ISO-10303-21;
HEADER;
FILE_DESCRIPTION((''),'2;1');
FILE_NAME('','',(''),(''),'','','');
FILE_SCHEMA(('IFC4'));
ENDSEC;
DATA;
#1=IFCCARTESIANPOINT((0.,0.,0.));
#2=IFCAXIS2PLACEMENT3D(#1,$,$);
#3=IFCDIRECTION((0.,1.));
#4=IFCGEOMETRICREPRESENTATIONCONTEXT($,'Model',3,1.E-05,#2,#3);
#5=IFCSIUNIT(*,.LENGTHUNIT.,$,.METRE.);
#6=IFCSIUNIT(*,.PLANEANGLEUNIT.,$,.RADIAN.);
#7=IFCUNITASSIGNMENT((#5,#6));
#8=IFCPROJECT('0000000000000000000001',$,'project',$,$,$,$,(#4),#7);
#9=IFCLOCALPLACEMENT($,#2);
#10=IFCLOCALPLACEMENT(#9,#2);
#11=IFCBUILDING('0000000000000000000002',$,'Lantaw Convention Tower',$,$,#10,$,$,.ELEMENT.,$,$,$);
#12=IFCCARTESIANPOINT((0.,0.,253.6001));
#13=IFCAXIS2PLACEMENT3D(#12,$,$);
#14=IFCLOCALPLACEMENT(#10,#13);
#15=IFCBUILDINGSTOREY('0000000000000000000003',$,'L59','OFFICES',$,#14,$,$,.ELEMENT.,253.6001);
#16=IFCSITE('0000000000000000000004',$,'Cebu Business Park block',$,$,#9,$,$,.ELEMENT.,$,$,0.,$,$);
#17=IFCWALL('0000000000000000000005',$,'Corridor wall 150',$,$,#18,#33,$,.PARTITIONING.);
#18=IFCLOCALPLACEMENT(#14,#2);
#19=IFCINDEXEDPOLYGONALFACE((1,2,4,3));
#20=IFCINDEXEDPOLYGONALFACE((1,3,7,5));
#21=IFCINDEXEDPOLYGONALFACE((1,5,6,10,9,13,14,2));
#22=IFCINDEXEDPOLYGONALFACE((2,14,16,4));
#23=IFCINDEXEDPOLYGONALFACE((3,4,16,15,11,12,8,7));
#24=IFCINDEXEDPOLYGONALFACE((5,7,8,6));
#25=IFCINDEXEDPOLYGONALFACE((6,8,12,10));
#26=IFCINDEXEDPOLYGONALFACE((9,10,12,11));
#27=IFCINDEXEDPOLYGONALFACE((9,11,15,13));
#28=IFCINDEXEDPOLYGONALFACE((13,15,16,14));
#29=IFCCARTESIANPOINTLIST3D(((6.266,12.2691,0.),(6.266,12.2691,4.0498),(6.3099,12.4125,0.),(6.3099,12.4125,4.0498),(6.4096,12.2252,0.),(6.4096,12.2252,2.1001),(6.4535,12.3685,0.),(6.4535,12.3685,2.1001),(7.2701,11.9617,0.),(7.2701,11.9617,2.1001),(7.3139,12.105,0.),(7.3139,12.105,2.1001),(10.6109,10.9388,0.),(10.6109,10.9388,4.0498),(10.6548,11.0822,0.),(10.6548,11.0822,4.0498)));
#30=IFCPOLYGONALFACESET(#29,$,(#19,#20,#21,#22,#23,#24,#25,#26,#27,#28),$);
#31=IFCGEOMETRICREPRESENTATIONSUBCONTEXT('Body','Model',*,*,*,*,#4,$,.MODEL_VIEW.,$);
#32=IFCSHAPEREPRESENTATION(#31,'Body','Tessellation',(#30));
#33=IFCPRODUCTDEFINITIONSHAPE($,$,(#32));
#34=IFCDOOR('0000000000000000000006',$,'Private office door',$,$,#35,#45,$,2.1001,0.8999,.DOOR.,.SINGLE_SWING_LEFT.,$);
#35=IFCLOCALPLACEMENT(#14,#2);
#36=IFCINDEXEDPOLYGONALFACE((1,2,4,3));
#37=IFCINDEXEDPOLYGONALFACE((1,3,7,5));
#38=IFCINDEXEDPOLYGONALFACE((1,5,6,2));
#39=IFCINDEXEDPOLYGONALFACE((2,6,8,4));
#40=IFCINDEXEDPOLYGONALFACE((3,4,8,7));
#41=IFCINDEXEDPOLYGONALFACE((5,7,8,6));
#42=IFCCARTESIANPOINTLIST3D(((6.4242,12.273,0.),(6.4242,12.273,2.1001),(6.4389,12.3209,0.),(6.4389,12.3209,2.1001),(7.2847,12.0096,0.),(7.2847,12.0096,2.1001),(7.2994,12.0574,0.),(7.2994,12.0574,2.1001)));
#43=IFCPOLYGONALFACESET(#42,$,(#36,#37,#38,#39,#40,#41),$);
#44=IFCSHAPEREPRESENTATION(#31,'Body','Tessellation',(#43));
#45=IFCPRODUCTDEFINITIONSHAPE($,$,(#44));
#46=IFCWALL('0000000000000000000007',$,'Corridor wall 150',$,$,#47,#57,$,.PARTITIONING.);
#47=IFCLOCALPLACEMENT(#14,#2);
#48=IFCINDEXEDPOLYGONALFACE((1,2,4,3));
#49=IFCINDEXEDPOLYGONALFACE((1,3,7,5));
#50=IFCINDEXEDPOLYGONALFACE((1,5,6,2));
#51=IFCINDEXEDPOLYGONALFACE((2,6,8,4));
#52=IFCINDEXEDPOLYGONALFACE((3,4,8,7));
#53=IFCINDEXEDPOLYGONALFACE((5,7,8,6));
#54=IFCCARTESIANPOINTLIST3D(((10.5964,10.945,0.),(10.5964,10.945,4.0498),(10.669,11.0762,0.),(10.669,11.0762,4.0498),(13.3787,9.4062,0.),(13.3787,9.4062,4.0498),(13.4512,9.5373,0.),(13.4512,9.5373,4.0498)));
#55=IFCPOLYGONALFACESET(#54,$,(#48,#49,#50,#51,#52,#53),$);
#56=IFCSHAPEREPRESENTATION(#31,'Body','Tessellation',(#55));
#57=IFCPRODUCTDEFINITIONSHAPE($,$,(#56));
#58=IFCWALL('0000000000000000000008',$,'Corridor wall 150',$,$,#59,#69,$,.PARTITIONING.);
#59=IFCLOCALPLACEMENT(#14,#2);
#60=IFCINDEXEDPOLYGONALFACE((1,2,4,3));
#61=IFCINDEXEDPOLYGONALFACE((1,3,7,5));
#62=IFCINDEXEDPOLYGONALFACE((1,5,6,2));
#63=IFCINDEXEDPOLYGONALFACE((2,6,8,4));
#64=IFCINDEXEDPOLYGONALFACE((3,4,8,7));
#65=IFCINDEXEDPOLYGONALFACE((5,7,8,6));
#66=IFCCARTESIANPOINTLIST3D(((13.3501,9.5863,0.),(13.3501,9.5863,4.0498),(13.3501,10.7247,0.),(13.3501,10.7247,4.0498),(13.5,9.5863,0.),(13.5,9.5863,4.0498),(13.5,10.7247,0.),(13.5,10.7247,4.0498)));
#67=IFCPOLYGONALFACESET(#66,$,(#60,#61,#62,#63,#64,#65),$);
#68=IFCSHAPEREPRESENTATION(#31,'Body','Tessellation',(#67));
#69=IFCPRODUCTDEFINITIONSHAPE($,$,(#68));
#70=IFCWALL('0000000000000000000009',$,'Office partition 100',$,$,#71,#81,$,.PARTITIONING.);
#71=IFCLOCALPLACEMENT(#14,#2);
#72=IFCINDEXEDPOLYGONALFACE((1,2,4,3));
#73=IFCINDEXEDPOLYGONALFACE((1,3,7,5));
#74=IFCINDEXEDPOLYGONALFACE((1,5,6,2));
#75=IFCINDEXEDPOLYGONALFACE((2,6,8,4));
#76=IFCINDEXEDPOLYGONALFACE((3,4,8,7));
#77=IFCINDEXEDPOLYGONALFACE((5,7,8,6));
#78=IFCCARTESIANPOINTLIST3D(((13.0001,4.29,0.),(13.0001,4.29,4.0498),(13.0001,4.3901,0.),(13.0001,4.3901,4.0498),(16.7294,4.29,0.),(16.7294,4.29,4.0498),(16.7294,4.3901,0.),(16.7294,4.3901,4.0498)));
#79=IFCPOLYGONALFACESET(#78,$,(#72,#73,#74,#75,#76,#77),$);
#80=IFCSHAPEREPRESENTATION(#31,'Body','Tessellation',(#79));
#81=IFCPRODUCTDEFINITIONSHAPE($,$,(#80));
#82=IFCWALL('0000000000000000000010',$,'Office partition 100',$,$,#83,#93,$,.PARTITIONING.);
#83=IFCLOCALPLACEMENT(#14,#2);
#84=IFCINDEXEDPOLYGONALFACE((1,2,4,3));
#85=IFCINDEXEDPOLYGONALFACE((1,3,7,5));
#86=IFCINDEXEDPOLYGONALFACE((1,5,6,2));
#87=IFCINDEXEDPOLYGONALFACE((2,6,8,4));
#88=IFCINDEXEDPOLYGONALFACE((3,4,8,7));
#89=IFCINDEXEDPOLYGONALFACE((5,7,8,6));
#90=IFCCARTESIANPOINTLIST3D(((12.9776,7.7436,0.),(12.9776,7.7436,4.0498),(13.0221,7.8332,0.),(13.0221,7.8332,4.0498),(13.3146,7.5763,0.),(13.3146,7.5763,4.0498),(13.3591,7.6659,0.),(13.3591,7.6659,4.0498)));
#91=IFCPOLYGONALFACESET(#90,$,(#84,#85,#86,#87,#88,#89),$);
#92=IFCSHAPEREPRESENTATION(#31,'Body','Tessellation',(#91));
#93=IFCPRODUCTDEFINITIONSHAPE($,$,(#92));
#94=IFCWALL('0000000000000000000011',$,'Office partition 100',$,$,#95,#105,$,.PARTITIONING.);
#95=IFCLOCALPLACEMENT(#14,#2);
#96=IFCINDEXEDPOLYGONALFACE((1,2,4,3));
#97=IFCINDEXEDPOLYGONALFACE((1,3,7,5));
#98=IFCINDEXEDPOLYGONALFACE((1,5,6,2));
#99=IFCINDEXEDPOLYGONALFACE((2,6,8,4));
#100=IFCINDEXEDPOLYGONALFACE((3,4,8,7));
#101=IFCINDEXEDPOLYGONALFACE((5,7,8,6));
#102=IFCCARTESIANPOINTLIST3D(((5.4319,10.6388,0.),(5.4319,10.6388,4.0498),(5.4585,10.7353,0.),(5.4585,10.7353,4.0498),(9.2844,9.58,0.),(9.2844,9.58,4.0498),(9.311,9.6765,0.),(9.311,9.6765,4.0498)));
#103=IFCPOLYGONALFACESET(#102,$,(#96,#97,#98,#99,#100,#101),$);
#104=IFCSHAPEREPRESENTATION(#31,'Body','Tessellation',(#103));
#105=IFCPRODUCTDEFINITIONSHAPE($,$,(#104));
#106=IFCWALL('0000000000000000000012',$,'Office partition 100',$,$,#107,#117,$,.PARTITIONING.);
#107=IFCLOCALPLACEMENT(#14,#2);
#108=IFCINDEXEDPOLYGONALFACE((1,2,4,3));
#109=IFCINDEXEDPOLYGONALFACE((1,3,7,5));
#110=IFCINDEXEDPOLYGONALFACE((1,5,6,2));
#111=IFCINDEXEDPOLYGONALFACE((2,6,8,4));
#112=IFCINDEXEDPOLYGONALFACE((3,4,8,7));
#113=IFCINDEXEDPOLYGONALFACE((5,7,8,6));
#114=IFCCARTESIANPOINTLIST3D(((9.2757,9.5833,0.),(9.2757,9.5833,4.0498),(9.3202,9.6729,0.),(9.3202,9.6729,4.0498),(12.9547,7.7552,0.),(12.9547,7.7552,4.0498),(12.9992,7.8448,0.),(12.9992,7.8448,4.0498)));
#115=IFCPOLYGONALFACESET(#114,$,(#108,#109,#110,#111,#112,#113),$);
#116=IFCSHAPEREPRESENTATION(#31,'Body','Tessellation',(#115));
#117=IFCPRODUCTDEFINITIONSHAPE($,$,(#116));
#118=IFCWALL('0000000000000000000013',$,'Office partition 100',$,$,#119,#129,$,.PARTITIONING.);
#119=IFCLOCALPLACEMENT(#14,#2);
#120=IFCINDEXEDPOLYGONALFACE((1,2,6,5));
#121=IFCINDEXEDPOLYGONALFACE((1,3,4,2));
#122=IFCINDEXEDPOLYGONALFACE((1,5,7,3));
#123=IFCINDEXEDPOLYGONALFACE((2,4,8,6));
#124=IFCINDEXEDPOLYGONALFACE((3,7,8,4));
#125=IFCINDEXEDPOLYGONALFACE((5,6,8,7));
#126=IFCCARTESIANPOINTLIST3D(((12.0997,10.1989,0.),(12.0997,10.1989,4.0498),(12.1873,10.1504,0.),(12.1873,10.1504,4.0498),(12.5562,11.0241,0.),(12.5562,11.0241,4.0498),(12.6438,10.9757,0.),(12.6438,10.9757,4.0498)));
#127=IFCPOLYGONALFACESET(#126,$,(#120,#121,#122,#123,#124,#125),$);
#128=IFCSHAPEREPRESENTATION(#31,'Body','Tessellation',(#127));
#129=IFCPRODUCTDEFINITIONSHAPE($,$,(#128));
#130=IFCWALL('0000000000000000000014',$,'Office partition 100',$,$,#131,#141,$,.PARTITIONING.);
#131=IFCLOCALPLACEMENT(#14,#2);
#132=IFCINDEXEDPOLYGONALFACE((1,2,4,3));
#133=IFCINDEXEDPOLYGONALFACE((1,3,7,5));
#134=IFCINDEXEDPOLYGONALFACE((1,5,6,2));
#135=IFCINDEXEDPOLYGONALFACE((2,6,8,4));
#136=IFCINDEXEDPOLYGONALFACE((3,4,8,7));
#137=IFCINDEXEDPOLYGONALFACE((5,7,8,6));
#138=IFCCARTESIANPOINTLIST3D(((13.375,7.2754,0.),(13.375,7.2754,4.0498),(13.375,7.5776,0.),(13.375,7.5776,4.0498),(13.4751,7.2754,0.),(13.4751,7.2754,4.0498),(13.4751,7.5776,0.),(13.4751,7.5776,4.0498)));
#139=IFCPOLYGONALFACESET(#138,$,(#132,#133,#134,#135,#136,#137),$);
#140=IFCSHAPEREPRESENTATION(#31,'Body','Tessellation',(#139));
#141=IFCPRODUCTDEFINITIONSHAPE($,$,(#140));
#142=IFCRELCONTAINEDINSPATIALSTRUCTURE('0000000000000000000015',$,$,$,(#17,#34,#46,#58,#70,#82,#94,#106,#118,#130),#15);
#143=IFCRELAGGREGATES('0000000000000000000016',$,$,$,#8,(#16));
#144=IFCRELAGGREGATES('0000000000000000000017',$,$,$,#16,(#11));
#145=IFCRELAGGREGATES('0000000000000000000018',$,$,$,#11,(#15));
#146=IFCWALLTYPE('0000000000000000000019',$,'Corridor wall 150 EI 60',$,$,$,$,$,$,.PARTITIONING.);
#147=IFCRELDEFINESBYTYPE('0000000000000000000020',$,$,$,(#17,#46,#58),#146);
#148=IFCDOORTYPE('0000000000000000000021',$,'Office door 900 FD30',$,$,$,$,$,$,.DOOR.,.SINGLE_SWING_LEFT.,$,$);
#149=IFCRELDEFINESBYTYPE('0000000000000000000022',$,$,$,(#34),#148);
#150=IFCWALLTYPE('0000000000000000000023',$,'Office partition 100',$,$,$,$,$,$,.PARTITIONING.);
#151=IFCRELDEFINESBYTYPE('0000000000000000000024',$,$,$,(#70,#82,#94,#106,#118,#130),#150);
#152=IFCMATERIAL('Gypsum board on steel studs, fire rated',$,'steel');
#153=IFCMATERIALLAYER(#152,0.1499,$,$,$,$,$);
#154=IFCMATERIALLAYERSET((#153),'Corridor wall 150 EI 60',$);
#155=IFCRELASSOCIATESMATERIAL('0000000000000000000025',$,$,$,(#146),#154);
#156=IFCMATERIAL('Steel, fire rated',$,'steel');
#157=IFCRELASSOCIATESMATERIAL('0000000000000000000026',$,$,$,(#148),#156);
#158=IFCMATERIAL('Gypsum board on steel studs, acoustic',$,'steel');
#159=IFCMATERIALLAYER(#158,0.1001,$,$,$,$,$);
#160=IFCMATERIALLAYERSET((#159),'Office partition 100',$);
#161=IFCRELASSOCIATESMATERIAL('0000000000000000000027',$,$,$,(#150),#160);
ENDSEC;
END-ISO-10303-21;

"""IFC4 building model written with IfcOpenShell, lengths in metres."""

from ifc_helpers import new_model, si_unit, direction, frame, frame_2d, origin, place, context, subcontext, project, spatial, rectangle, extrude, material, layer, layer_set, type_object, element, fill, save


model = new_model("IFC4")

# Units and contexts
model_context = context("Model", 3, precision=1e-05, world=origin(), true_north=direction((0.0, 1.0)))
body_context = subcontext(model_context, "Body", "Model", "MODEL_VIEW")
ifc_project = project(units=[si_unit("LENGTHUNIT", "METRE"), si_unit("PLANEANGLEUNIT", "RADIAN")], contexts=[model_context])

# Site, building, storey
site_placement = place(None, origin())
site = spatial("IfcSite", under=ifc_project, at=site_placement, Name="Cebu Business Park block", CompositionType="ELEMENT", RefElevation=0.0)
building_placement = place(site_placement, origin())
building = spatial("IfcBuilding", under=site, at=building_placement, Name="Lantaw Convention Tower", CompositionType="ELEMENT")
storey_placement = place(building_placement, frame((0.0, 0.0, 253.6001)))
storey = spatial("IfcBuildingStorey", under=building, at=storey_placement, Name="L59", Description="OFFICES", CompositionType="ELEMENT", Elevation=253.6001)

# Wall, opening, door
ifc_material_1 = material(Name="Gypsum board on steel studs, fire rated", Category="steel")
ifc_layer_1 = layer(ifc_material_1, 0.1499)
ifc_layer_set_1 = layer_set([ifc_layer_1], Name="Corridor wall 150 EI 60")
wall_type_1 = type_object("IfcWallType", Name="Corridor wall 150 EI 60", PredefinedType="PARTITIONING", material=ifc_layer_set_1)
wall_1_placement = place(storey_placement, frame((10.6328, 11.0105, 0.0), z_axis=(0.0, 0.0, 1.0), x_axis=(-0.956186, 0.29276, 0.0)))
wall_1 = element("IfcWall", 1, at=wall_1_placement, inside=storey, type_object=wall_type_1, Name="Corridor wall 150", PredefinedType="PARTITIONING", context=body_context, shape_type="SweptSolid", body=[
    extrude(rectangle(XDim=4.5439, YDim=0.1499, at=frame_2d((2.272, 0.0))), origin(), (0.0, 0.0, 1.0), 4.0498),
])
opening_1_placement = place(wall_1_placement, frame((3.4939, 0.0, 0.0)))
opening_1 = element("IfcOpeningElement", 2, at=opening_1_placement, cuts=wall_1, PredefinedType="OPENING", context=body_context, shape_type="SweptSolid", body=[
    extrude(rectangle(XDim=0.8999, YDim=2.1001, at=frame_2d((0.45, 1.05))), frame((0.0, 0.085, 0.0), z_axis=(0.0, -1.0, 0.0), x_axis=(1.0, 0.0, 0.0)), (0.0, 0.0, 1.0), 0.1699),
])
ifc_material_2 = material(Name="Steel, fire rated", Category="steel")
door_type_1 = type_object("IfcDoorType", Name="Office door 900 FD30", OperationType="SINGLE_SWING_LEFT", PredefinedType="DOOR", material=ifc_material_2)
door_1_placement = place(opening_1_placement, origin())
door_1 = element("IfcDoor", 3, at=door_1_placement, inside=storey, type_object=door_type_1, Name="Private office door", OperationType="SINGLE_SWING_LEFT", OverallHeight=2.1001, OverallWidth=0.8999, PredefinedType="DOOR", context=body_context, shape_type="SweptSolid", body=[
    extrude(rectangle(XDim=0.8999, YDim=2.1001, at=frame_2d((0.45, 1.05))), frame((0.0, 0.0249, 0.0), z_axis=(0.0, -1.0, 0.0), x_axis=(1.0, 0.0, 0.0)), (0.0, 0.0, 1.0), 0.05),
])
fill(opening_1, door_1)

# Walls
wall_2_placement = place(storey_placement, frame((13.415, 9.4717, 0.0), z_axis=(0.0, 0.0, 1.0), x_axis=(-0.875072, 0.483993, 0.0)))
element("IfcWall", 4, at=wall_2_placement, inside=storey, type_object=wall_type_1, Name="Corridor wall 150", PredefinedType="PARTITIONING", context=body_context, shape_type="SweptSolid", body=[
    extrude(rectangle(XDim=3.1794, YDim=0.1499, at=frame_2d((1.5898, 0.0))), origin(), (0.0, 0.0, 1.0), 4.0498),
])
wall_3_placement = place(storey_placement, frame((13.425, 9.5862, 0.0), z_axis=(0.0, 0.0, 1.0), x_axis=(0.0, 1.0, 0.0)))
element("IfcWall", 5, at=wall_3_placement, inside=storey, type_object=wall_type_1, Name="Corridor wall 150", PredefinedType="PARTITIONING", context=body_context, shape_type="SweptSolid", body=[
    extrude(rectangle(XDim=1.1384, YDim=0.1499, at=frame_2d((0.5693, 0.0))), origin(), (0.0, 0.0, 1.0), 4.0498),
])
ifc_material_3 = material(Name="Gypsum board on steel studs, acoustic", Category="steel")
ifc_layer_2 = layer(ifc_material_3, 0.1001)
ifc_layer_set_2 = layer_set([ifc_layer_2], Name="Office partition 100")
wall_type_2 = type_object("IfcWallType", Name="Office partition 100", PredefinedType="PARTITIONING", material=ifc_layer_set_2)
wall_4_placement = place(storey_placement, frame((13.0, 4.3401, 0.0), z_axis=(0.0, 0.0, 1.0), x_axis=(1.0, 0.0, 0.0)))
element("IfcWall", 6, at=wall_4_placement, inside=storey, type_object=wall_type_2, Name="Office partition 100", PredefinedType="PARTITIONING", context=body_context, shape_type="SweptSolid", body=[
    extrude(rectangle(XDim=3.7292, YDim=0.1001, at=frame_2d((1.8647, 0.0))), origin(), (0.0, 0.0, 1.0), 4.0498),
])
wall_5_placement = place(storey_placement, frame((13.0, 7.7883, 0.0), z_axis=(0.0, 0.0, 1.0), x_axis=(0.895722, -0.444615, 0.0)))
element("IfcWall", 7, at=wall_5_placement, inside=storey, type_object=wall_type_2, Name="Office partition 100", PredefinedType="PARTITIONING", context=body_context, shape_type="SweptSolid", body=[
    extrude(rectangle(XDim=0.3762, YDim=0.1001, at=frame_2d((0.188, 0.0))), origin(), (0.0, 0.0, 1.0), 4.0498),
])
wall_6_placement = place(storey_placement, frame((5.4453, 10.687, 0.0), z_axis=(0.0, 0.0, 1.0), x_axis=(0.964244, -0.265014, 0.0)))
element("IfcWall", 8, at=wall_6_placement, inside=storey, type_object=wall_type_2, Name="Office partition 100", PredefinedType="PARTITIONING", context=body_context, shape_type="SweptSolid", body=[
    extrude(rectangle(XDim=3.9954, YDim=0.1001, at=frame_2d((1.9976, 0.0))), origin(), (0.0, 0.0, 1.0), 4.0498),
])
wall_7_placement = place(storey_placement, frame((9.2979, 9.6282, 0.0), z_axis=(0.0, 0.0, 1.0), x_axis=(0.89553, -0.445001, 0.0)))
element("IfcWall", 9, at=wall_7_placement, inside=storey, type_object=wall_type_2, Name="Office partition 100", PredefinedType="PARTITIONING", context=body_context, shape_type="SweptSolid", body=[
    extrude(rectangle(XDim=4.1082, YDim=0.1001, at=frame_2d((2.0542, 0.0))), origin(), (0.0, 0.0, 1.0), 4.0498),
])
wall_8_placement = place(storey_placement, frame((12.6001, 11.0, 0.0), z_axis=(0.0, 0.0, 1.0), x_axis=(-0.484104, -0.875011, 0.0)))
element("IfcWall", 10, at=wall_8_placement, inside=storey, type_object=wall_type_2, Name="Office partition 100", PredefinedType="PARTITIONING", context=body_context, shape_type="SweptSolid", body=[
    extrude(rectangle(XDim=0.9431, YDim=0.1001, at=frame_2d((0.4717, 0.0))), origin(), (0.0, 0.0, 1.0), 4.0498),
])
wall_9_placement = place(storey_placement, frame((13.425, 7.2754, 0.0), z_axis=(0.0, 0.0, 1.0), x_axis=(0.0, 1.0, 0.0)))
element("IfcWall", 11, at=wall_9_placement, inside=storey, type_object=wall_type_2, Name="Office partition 100", PredefinedType="PARTITIONING", context=body_context, shape_type="SweptSolid", body=[
    extrude(rectangle(XDim=0.3022, YDim=0.1001, at=frame_2d((0.1511, 0.0))), origin(), (0.0, 0.0, 1.0), 4.0498),
])

save(model, "model.ifc")
